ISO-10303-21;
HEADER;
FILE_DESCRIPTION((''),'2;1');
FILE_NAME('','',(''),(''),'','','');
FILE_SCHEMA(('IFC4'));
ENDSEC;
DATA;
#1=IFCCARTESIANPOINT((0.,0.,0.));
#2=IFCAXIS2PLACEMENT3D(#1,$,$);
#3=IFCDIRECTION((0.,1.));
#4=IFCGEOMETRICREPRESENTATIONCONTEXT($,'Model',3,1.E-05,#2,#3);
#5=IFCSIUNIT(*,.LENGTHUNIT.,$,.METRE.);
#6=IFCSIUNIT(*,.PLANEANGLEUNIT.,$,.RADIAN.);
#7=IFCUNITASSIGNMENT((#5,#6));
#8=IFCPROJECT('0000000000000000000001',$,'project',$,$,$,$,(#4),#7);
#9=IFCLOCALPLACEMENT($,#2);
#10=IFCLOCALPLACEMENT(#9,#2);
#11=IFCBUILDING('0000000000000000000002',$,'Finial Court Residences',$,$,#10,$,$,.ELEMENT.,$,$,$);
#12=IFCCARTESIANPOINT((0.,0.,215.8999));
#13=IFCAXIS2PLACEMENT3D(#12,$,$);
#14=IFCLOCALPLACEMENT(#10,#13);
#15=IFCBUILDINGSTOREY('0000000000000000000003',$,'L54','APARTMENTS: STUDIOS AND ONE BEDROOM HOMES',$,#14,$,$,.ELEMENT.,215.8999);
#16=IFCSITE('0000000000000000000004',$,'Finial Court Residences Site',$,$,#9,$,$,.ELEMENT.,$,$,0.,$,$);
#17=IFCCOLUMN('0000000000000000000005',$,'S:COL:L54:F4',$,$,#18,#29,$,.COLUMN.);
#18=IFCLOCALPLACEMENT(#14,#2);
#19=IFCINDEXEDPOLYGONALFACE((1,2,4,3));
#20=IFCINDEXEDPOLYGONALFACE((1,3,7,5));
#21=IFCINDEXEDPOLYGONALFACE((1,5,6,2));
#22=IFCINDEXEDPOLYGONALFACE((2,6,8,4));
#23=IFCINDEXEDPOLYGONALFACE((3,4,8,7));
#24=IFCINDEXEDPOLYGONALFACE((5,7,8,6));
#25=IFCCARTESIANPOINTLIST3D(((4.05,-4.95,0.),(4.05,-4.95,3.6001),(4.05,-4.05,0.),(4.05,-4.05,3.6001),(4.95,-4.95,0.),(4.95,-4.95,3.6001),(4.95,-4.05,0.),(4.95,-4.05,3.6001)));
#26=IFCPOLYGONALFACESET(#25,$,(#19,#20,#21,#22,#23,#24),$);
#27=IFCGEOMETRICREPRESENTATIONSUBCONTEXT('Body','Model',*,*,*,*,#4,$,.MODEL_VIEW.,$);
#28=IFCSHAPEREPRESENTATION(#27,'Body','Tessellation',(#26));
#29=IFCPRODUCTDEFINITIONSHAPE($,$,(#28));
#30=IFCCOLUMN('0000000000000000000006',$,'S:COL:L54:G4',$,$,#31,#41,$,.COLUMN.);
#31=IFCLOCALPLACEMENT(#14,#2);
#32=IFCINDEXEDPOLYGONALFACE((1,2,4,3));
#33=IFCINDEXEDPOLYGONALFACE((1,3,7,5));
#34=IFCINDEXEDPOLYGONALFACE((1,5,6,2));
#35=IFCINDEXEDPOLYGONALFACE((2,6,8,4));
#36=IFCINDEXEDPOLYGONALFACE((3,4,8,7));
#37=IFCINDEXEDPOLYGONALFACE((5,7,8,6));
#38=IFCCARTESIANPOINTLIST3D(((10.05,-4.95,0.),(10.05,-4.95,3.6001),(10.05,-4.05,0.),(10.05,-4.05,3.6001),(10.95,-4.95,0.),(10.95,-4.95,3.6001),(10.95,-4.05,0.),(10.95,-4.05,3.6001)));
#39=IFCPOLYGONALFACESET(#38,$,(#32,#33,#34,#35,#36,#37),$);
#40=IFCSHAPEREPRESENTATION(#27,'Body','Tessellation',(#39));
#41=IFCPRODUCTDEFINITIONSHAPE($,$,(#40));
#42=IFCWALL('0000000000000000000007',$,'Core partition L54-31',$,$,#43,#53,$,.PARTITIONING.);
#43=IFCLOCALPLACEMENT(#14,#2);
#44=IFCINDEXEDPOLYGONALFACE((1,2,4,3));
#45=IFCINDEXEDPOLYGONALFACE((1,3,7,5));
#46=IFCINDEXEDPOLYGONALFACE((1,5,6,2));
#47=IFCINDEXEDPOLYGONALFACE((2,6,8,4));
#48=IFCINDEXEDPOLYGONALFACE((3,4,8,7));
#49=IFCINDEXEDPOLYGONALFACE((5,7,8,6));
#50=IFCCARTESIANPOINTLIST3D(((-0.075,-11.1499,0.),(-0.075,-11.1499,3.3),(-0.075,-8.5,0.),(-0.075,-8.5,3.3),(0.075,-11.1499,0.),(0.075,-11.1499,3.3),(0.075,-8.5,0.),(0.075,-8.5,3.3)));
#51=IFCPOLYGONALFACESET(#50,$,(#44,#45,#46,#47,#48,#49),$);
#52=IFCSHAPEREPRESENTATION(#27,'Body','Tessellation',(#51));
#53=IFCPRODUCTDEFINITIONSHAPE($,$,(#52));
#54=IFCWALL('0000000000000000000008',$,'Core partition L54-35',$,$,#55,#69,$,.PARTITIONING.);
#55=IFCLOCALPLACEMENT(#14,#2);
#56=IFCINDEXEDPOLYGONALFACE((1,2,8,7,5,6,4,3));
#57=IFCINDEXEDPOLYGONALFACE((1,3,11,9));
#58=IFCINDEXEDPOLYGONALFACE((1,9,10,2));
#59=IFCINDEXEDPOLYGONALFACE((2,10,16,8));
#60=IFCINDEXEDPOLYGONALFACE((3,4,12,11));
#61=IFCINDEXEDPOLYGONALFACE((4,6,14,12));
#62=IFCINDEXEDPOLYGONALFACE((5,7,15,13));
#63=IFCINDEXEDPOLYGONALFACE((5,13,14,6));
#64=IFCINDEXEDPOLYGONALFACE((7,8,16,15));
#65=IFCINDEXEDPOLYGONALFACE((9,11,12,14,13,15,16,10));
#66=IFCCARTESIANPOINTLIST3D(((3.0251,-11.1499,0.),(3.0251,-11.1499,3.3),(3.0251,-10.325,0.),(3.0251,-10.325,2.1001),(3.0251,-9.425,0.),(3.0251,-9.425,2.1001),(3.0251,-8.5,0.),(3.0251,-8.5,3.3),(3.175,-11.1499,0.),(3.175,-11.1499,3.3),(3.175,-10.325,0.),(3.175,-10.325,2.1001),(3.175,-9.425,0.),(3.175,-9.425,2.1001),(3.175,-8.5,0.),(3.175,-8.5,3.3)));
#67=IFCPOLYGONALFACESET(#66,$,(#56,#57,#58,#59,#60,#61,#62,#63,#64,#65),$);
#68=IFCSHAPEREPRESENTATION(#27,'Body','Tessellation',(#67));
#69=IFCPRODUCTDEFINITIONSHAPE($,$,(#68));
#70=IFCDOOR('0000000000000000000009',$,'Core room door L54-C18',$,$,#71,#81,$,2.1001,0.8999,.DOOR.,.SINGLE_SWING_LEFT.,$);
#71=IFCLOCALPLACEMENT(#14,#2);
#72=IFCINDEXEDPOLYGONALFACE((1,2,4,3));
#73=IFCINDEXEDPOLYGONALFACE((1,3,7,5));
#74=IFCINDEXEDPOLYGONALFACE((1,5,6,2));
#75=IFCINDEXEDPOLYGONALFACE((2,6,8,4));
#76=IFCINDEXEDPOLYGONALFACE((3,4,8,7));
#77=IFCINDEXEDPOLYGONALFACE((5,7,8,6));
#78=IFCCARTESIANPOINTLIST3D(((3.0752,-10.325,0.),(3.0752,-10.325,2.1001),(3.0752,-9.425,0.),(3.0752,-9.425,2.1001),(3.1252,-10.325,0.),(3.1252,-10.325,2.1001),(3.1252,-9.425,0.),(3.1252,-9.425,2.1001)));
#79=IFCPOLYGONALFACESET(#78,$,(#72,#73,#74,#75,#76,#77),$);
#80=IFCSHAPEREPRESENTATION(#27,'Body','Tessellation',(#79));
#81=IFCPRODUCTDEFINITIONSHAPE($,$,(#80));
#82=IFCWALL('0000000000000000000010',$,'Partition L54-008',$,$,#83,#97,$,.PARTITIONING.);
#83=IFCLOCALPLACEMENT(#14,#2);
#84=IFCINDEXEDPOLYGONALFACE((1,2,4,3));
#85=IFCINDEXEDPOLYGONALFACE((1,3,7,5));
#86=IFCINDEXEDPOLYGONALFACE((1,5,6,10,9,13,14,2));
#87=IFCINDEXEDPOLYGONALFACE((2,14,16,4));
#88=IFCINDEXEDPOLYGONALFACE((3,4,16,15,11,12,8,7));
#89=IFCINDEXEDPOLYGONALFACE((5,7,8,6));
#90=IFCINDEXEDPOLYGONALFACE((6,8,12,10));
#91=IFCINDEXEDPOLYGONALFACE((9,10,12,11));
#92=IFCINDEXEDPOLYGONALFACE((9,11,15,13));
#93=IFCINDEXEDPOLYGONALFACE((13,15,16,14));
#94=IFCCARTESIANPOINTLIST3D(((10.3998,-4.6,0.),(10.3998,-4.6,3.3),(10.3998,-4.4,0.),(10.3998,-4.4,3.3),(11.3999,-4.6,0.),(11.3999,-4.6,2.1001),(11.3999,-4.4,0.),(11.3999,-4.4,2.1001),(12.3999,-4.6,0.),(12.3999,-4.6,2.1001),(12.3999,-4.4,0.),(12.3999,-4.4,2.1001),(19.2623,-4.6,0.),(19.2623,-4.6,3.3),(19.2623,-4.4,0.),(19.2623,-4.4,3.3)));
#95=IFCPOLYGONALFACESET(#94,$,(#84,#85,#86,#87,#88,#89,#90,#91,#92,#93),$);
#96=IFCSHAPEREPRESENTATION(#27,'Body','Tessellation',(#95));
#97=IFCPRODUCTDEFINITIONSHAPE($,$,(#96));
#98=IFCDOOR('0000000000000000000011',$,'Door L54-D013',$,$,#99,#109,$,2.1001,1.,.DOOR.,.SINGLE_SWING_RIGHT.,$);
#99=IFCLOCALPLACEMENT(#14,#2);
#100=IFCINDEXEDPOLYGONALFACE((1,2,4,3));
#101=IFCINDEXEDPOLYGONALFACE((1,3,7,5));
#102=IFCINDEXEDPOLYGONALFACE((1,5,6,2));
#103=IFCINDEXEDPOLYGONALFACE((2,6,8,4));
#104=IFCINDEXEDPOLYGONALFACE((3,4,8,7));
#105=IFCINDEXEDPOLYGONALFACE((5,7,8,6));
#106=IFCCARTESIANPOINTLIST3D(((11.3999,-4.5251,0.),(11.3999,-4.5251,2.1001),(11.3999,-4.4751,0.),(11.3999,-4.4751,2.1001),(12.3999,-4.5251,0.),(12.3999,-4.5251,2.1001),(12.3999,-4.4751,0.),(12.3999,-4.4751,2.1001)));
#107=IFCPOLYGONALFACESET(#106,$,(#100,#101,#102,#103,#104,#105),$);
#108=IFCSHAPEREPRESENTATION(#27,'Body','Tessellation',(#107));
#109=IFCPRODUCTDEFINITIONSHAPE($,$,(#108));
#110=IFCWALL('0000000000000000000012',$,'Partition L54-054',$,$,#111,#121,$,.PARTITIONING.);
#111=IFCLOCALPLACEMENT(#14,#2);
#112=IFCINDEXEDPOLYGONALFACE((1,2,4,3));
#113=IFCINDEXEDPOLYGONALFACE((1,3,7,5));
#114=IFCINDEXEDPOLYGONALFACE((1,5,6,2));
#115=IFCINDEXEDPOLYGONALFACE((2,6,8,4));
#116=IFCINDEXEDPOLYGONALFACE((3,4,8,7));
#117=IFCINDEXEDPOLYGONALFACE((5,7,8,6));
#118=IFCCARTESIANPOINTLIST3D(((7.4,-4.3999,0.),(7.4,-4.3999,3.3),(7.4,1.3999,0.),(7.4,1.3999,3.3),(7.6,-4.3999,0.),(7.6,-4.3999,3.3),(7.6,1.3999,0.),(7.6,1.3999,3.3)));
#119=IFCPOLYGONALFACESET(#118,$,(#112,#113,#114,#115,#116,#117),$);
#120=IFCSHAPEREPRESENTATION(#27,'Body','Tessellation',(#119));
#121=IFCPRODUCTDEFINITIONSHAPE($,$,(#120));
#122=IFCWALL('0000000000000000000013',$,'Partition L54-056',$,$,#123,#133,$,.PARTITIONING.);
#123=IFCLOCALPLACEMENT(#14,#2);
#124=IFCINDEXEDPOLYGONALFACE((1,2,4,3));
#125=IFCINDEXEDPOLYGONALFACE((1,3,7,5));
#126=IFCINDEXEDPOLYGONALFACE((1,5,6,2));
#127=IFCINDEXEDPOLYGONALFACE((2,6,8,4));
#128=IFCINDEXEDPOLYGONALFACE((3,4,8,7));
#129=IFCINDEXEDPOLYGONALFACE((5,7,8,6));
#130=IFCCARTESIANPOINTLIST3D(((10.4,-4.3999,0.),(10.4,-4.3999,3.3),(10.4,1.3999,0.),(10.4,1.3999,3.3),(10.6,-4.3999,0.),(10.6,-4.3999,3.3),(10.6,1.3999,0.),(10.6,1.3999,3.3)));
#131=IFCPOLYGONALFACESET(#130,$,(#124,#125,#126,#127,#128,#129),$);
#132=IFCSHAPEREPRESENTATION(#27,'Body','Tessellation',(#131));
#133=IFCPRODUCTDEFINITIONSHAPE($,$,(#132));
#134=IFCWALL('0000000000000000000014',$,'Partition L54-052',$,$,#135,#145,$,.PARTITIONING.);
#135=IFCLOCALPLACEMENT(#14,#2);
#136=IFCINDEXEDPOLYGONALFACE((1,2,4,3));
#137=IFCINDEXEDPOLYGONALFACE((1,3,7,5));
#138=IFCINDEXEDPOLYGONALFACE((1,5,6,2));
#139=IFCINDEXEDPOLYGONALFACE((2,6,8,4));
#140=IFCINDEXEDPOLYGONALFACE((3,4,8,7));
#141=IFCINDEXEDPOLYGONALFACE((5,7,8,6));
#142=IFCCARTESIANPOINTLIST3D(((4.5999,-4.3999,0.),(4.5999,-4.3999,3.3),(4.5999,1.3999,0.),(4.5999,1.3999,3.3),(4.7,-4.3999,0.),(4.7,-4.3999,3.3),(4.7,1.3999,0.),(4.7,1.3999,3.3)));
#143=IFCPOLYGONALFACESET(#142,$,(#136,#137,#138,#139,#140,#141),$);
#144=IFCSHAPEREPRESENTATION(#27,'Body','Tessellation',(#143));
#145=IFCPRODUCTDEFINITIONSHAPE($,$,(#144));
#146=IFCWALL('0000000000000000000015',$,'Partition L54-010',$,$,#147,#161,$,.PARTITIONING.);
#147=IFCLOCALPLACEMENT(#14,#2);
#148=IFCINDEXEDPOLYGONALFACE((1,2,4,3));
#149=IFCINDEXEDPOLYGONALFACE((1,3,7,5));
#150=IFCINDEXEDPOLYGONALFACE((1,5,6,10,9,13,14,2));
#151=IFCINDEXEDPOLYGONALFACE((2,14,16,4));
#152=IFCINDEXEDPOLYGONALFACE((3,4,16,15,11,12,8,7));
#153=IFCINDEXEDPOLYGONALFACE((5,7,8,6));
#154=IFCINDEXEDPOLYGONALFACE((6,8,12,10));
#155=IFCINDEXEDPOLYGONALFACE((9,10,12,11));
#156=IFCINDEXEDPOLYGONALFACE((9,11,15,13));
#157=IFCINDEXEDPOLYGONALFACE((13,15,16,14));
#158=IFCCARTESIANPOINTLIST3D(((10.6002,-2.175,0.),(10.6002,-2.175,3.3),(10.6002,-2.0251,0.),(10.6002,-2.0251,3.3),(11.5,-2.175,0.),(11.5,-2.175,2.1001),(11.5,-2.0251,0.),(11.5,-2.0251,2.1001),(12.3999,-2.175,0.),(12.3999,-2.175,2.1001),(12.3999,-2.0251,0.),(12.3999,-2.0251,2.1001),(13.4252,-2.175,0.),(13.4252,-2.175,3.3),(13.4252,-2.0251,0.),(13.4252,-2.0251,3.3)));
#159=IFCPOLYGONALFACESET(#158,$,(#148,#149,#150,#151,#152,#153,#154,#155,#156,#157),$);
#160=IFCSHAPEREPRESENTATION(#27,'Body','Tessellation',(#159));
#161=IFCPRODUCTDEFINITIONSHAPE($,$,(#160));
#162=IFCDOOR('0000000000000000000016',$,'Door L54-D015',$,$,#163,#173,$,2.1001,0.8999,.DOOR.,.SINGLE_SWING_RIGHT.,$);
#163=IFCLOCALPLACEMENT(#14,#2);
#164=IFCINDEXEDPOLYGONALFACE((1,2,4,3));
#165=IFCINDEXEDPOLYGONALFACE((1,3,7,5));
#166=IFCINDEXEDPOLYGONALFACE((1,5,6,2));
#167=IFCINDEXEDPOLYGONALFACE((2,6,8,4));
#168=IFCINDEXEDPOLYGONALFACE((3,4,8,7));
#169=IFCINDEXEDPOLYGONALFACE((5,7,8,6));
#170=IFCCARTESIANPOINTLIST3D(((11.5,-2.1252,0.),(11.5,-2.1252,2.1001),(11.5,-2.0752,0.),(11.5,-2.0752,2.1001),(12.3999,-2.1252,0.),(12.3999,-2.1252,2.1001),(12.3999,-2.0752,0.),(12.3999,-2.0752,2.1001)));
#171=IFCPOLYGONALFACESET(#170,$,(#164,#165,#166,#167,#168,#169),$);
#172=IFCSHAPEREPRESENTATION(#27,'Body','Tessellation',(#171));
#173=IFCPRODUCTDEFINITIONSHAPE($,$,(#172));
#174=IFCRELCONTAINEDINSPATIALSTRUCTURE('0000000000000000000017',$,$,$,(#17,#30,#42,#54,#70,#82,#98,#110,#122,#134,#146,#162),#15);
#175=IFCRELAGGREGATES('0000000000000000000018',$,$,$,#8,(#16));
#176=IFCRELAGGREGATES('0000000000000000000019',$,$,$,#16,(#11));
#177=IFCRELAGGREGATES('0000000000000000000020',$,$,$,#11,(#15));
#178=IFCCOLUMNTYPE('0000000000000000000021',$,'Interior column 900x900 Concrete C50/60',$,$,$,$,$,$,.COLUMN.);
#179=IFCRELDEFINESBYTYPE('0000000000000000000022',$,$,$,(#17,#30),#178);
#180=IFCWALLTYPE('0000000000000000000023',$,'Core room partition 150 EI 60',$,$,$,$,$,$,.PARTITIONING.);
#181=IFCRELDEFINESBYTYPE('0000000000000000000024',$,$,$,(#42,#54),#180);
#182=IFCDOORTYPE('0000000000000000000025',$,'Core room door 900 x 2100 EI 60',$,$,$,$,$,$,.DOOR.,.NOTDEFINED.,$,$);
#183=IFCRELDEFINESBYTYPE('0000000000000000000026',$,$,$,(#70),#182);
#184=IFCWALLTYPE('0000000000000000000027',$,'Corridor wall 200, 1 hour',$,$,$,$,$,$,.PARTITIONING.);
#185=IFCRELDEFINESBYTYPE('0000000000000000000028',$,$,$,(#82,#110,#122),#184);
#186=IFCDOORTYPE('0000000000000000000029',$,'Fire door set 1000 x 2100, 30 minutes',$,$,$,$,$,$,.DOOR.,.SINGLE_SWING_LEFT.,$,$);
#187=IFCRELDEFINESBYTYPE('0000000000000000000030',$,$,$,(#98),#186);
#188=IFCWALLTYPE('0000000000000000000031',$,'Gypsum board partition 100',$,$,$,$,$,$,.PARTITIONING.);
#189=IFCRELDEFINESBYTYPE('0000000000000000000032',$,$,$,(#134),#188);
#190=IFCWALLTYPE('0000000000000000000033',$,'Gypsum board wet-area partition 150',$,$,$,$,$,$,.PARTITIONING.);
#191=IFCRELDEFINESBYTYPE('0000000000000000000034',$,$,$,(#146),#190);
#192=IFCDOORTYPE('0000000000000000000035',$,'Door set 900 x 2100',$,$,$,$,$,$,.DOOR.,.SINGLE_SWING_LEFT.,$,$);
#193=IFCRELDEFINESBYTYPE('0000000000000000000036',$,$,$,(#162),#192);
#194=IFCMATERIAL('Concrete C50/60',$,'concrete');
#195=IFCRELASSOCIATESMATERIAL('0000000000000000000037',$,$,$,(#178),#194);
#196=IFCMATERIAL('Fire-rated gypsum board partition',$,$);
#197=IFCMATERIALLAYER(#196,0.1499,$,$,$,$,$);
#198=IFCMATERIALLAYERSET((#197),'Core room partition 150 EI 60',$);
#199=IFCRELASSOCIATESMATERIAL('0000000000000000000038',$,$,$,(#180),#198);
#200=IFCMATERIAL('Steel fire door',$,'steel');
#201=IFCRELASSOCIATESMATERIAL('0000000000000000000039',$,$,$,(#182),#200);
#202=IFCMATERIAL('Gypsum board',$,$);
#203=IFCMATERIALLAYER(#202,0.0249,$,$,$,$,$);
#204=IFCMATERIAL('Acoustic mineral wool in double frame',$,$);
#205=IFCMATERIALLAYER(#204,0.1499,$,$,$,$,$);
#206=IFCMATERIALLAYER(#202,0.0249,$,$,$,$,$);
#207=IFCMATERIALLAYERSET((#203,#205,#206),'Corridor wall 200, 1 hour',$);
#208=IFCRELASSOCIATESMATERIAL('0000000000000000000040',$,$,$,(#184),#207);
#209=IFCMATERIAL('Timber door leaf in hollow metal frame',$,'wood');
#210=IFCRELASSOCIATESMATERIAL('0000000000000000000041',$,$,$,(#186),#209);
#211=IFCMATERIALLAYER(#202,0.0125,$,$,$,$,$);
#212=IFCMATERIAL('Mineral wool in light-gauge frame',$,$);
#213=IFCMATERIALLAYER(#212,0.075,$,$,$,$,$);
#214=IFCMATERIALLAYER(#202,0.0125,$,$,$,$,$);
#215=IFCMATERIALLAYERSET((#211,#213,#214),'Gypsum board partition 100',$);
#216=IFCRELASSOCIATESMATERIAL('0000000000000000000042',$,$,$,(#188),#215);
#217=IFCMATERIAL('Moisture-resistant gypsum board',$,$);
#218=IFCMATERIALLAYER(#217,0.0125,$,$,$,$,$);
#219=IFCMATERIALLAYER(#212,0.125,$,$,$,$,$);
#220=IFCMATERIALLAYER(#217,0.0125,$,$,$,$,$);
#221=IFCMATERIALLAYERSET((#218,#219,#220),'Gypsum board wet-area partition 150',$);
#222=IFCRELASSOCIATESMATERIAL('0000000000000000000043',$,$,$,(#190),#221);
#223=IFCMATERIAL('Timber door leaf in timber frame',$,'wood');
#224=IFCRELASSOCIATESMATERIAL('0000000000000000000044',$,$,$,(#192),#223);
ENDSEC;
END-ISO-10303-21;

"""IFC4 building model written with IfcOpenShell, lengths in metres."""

from ifc_helpers import new_model, si_unit, direction, frame, frame_2d, origin, origin_2d, place, context, subcontext, project, spatial, rectangle, extrude, material, layer, layer_set, material_profile, profile_set, type_object, element, fill, save


model = new_model("IFC4")

# Units and contexts
model_context = context("Model", 3, precision=1e-05, world=origin(), true_north=direction((0.0, 1.0)))
body_context = subcontext(model_context, "Body", "Model", "MODEL_VIEW")
ifc_project = project(units=[si_unit("LENGTHUNIT", "METRE"), si_unit("PLANEANGLEUNIT", "RADIAN")], contexts=[model_context])

# Site, building, storey
site_placement = place(None, origin())
site = spatial("IfcSite", under=ifc_project, at=site_placement, Name="Finial Court Residences Site", CompositionType="ELEMENT", RefElevation=0.0)
building_placement = place(site_placement, origin())
building = spatial("IfcBuilding", under=site, at=building_placement, Name="Finial Court Residences", CompositionType="ELEMENT")
storey_placement = place(building_placement, frame((0.0, 0.0, 215.8999)))
storey = spatial("IfcBuildingStorey", under=building, at=storey_placement, Name="L54", Description="APARTMENTS: STUDIOS AND ONE BEDROOM HOMES", CompositionType="ELEMENT", Elevation=215.8999)

# Columns
ifc_material_1 = material(Name="Concrete C50/60", Category="concrete")
ifc_material_profile = material_profile(ifc_material_1, rectangle(XDim=0.8999, YDim=0.8999, at=origin_2d()), Name="900x900")
ifc_profile_set = profile_set([ifc_material_profile], Name="Concrete C50/60")
column_type = type_object("IfcColumnType", Name="Interior column 900x900 Concrete C50/60", PredefinedType="COLUMN", material=ifc_profile_set)
for number, where, z_axis, x_axis, name in (
    (1, (4.5, -4.5, 0.0), (0.0, 0.0, 1.0), (1.0, 0.0, 0.0), "S:COL:L54:F4"),
    (2, (10.5, -4.5, 0.0), (0.0, 0.0, 1.0), (1.0, 0.0, 0.0), "S:COL:L54:G4"),
):
    element("IfcColumn", number, at=place(storey_placement, frame(where, z_axis=z_axis, x_axis=x_axis)), inside=storey, type_object=column_type, Name=name, PredefinedType="COLUMN", context=body_context, shape_type="SweptSolid", body=[
        extrude(rectangle(XDim=0.8999, YDim=0.8999, at=origin_2d()), origin(), (0.0, 0.0, 1.0), 3.6001),
    ])

# Wall
ifc_material_2 = material(Name="Fire-rated gypsum board partition")
ifc_layer_1 = layer(ifc_material_2, 0.1499)
ifc_layer_set_1 = layer_set([ifc_layer_1], Name="Core room partition 150 EI 60")
wall_type_1 = type_object("IfcWallType", Name="Core room partition 150 EI 60", PredefinedType="PARTITIONING", material=ifc_layer_set_1)
wall_1_placement = place(storey_placement, frame((0.0, -11.1499, 0.0), z_axis=(0.0, 0.0, 1.0), x_axis=(0.0, 1.0, 0.0)))
element("IfcWall", 3, at=wall_1_placement, inside=storey, type_object=wall_type_1, Name="Core partition L54-31", PredefinedType="PARTITIONING", context=body_context, shape_type="SweptSolid", body=[
    extrude(rectangle(XDim=2.6499, YDim=0.1499, at=frame_2d((1.325, 0.0))), origin(), (0.0, 0.0, 1.0), 3.3),
])

# Walls, openings, doors
wall_2_placement = place(storey_placement, frame((3.1001, -11.1499, 0.0), z_axis=(0.0, 0.0, 1.0), x_axis=(0.0, 1.0, 0.0)))
wall_2 = element("IfcWall", 4, at=wall_2_placement, inside=storey, type_object=wall_type_1, Name="Core partition L54-35", PredefinedType="PARTITIONING", context=body_context, shape_type="SweptSolid", body=[
    extrude(rectangle(XDim=2.6499, YDim=0.1499, at=frame_2d((1.325, 0.0))), origin(), (0.0, 0.0, 1.0), 3.3),
])
opening_1_placement = place(wall_2_placement, frame((0.825, 0.0, 0.0)))
opening_1 = element("IfcOpeningElement", 5, at=opening_1_placement, cuts=wall_2, PredefinedType="OPENING", context=body_context, shape_type="SweptSolid", body=[
    extrude(rectangle(XDim=0.8999, YDim=2.1001, at=frame_2d((0.45, 1.05))), frame((0.0, 0.085, 0.0), z_axis=(0.0, -1.0, 0.0), x_axis=(1.0, 0.0, 0.0)), (0.0, 0.0, 1.0), 0.1699),
])
ifc_material_3 = material(Name="Steel fire door", Category="steel")
door_type_1 = type_object("IfcDoorType", Name="Core room door 900 x 2100 EI 60", OperationType="NOTDEFINED", PredefinedType="DOOR", material=ifc_material_3)
door_1_placement = place(opening_1_placement, origin())
door_1 = element("IfcDoor", 6, at=door_1_placement, inside=storey, type_object=door_type_1, Name="Core room door L54-C18", OperationType="SINGLE_SWING_LEFT", OverallHeight=2.1001, OverallWidth=0.8999, PredefinedType="DOOR", context=body_context, shape_type="SweptSolid", body=[
    extrude(rectangle(XDim=0.8999, YDim=2.1001, at=frame_2d((0.45, 1.05))), frame((0.0, 0.0249, 0.0), z_axis=(0.0, -1.0, 0.0), x_axis=(1.0, 0.0, 0.0)), (0.0, 0.0, 1.0), 0.05),
])
fill(opening_1, door_1)
ifc_material_4 = material(Name="Gypsum board")
ifc_layer_2 = layer(ifc_material_4, 0.0249)
ifc_material_5 = material(Name="Acoustic mineral wool in double frame")
ifc_layer_3 = layer(ifc_material_5, 0.1499)
ifc_layer_4 = layer(ifc_material_4, 0.0249)
ifc_layer_set_2 = layer_set([ifc_layer_2, ifc_layer_3, ifc_layer_4], Name="Corridor wall 200, 1 hour")
wall_type_2 = type_object("IfcWallType", Name="Corridor wall 200, 1 hour", PredefinedType="PARTITIONING", material=ifc_layer_set_2)
wall_3_placement = place(storey_placement, frame((10.3999, -4.5, 0.0), z_axis=(0.0, 0.0, 1.0), x_axis=(1.0, 0.0, 0.0)))
wall_3 = element("IfcWall", 7, at=wall_3_placement, inside=storey, type_object=wall_type_2, Name="Partition L54-008", PredefinedType="PARTITIONING", context=body_context, shape_type="SweptSolid", body=[
    extrude(rectangle(XDim=8.8625, YDim=0.2, at=frame_2d((4.4312, 0.0))), origin(), (0.0, 0.0, 1.0), 3.3),
])
opening_2_placement = place(wall_3_placement, frame((1.0, 0.0, 0.0)))
opening_2 = element("IfcOpeningElement", 8, at=opening_2_placement, cuts=wall_3, PredefinedType="OPENING", context=body_context, shape_type="SweptSolid", body=[
    extrude(rectangle(XDim=1.0, YDim=2.1001, at=frame_2d((0.5, 1.05))), frame((0.0, 0.1099, 0.0), z_axis=(0.0, -1.0, 0.0), x_axis=(1.0, 0.0, 0.0)), (0.0, 0.0, 1.0), 0.22),
])
ifc_material_6 = material(Name="Timber door leaf in hollow metal frame", Category="wood")
door_type_2 = type_object("IfcDoorType", Name="Fire door set 1000 x 2100, 30 minutes", OperationType="SINGLE_SWING_LEFT", PredefinedType="DOOR", material=ifc_material_6)
door_2_placement = place(opening_2_placement, origin())
door_2 = element("IfcDoor", 9, at=door_2_placement, inside=storey, type_object=door_type_2, Name="Door L54-D013", OperationType="SINGLE_SWING_RIGHT", OverallHeight=2.1001, OverallWidth=1.0, PredefinedType="DOOR", context=body_context, shape_type="SweptSolid", body=[
    extrude(rectangle(XDim=1.0, YDim=2.1001, at=frame_2d((0.5, 1.05))), frame((0.0, 0.0249, 0.0), z_axis=(0.0, -1.0, 0.0), x_axis=(1.0, 0.0, 0.0)), (0.0, 0.0, 1.0), 0.05),
])
fill(opening_2, door_2)

# Walls
for number, where, z_axis, x_axis, name in (
    (10, (7.5, -4.3999, 0.0), (0.0, 0.0, 1.0), (0.0, 1.0, 0.0), "Partition L54-054"),
    (11, (10.5, -4.3999, 0.0), (0.0, 0.0, 1.0), (0.0, 1.0, 0.0), "Partition L54-056"),
):
    element("IfcWall", number, at=place(storey_placement, frame(where, z_axis=z_axis, x_axis=x_axis)), inside=storey, type_object=wall_type_2, Name=name, PredefinedType="PARTITIONING", context=body_context, shape_type="SweptSolid", body=[
        extrude(rectangle(XDim=5.7998, YDim=0.2, at=frame_2d((2.8999, 0.0))), origin(), (0.0, 0.0, 1.0), 3.3),
    ])
ifc_layer_5 = layer(ifc_material_4, 0.0125)
ifc_material_7 = material(Name="Mineral wool in light-gauge frame")
ifc_layer_6 = layer(ifc_material_7, 0.075)
ifc_layer_7 = layer(ifc_material_4, 0.0125)
ifc_layer_set_3 = layer_set([ifc_layer_5, ifc_layer_6, ifc_layer_7], Name="Gypsum board partition 100")
wall_type_3 = type_object("IfcWallType", Name="Gypsum board partition 100", PredefinedType="PARTITIONING", material=ifc_layer_set_3)
wall_4_placement = place(storey_placement, frame((4.6499, -4.3999, 0.0), z_axis=(0.0, 0.0, 1.0), x_axis=(0.0, 1.0, 0.0)))
element("IfcWall", 12, at=wall_4_placement, inside=storey, type_object=wall_type_3, Name="Partition L54-052", PredefinedType="PARTITIONING", context=body_context, shape_type="SweptSolid", body=[
    extrude(rectangle(XDim=5.7998, YDim=0.1001, at=frame_2d((2.8999, 0.0))), origin(), (0.0, 0.0, 1.0), 3.3),
])

# Wall, opening, door
ifc_material_8 = material(Name="Moisture-resistant gypsum board")
ifc_layer_8 = layer(ifc_material_8, 0.0125)
ifc_layer_9 = layer(ifc_material_7, 0.125)
ifc_layer_10 = layer(ifc_material_8, 0.0125)
ifc_layer_set_4 = layer_set([ifc_layer_8, ifc_layer_9, ifc_layer_10], Name="Gypsum board wet-area partition 150")
wall_type_4 = type_object("IfcWallType", Name="Gypsum board wet-area partition 150", PredefinedType="PARTITIONING", material=ifc_layer_set_4)
wall_5_placement = place(storey_placement, frame((10.6001, -2.1001, 0.0), z_axis=(0.0, 0.0, 1.0), x_axis=(1.0, 0.0, 0.0)))
wall_5 = element("IfcWall", 13, at=wall_5_placement, inside=storey, type_object=wall_type_4, Name="Partition L54-010", PredefinedType="PARTITIONING", context=body_context, shape_type="SweptSolid", body=[
    extrude(rectangle(XDim=2.825, YDim=0.1499, at=frame_2d((1.4126, 0.0))), origin(), (0.0, 0.0, 1.0), 3.3),
])
opening_3_placement = place(wall_5_placement, frame((0.8999, 0.0, 0.0)))
opening_3 = element("IfcOpeningElement", 14, at=opening_3_placement, cuts=wall_5, PredefinedType="OPENING", context=body_context, shape_type="SweptSolid", body=[
    extrude(rectangle(XDim=0.8999, YDim=2.1001, at=frame_2d((0.45, 1.05))), frame((0.0, 0.085, 0.0), z_axis=(0.0, -1.0, 0.0), x_axis=(1.0, 0.0, 0.0)), (0.0, 0.0, 1.0), 0.1699),
])
ifc_material_9 = material(Name="Timber door leaf in timber frame", Category="wood")
door_type_3 = type_object("IfcDoorType", Name="Door set 900 x 2100", OperationType="SINGLE_SWING_LEFT", PredefinedType="DOOR", material=ifc_material_9)
door_3_placement = place(opening_3_placement, origin())
door_3 = element("IfcDoor", 15, at=door_3_placement, inside=storey, type_object=door_type_3, Name="Door L54-D015", OperationType="SINGLE_SWING_RIGHT", OverallHeight=2.1001, OverallWidth=0.8999, PredefinedType="DOOR", context=body_context, shape_type="SweptSolid", body=[
    extrude(rectangle(XDim=0.8999, YDim=2.1001, at=frame_2d((0.45, 1.05))), frame((0.0, 0.0249, 0.0), z_axis=(0.0, -1.0, 0.0), x_axis=(1.0, 0.0, 0.0)), (0.0, 0.0, 1.0), 0.05),
])
fill(opening_3, door_3)

save(model, "model.ifc")
